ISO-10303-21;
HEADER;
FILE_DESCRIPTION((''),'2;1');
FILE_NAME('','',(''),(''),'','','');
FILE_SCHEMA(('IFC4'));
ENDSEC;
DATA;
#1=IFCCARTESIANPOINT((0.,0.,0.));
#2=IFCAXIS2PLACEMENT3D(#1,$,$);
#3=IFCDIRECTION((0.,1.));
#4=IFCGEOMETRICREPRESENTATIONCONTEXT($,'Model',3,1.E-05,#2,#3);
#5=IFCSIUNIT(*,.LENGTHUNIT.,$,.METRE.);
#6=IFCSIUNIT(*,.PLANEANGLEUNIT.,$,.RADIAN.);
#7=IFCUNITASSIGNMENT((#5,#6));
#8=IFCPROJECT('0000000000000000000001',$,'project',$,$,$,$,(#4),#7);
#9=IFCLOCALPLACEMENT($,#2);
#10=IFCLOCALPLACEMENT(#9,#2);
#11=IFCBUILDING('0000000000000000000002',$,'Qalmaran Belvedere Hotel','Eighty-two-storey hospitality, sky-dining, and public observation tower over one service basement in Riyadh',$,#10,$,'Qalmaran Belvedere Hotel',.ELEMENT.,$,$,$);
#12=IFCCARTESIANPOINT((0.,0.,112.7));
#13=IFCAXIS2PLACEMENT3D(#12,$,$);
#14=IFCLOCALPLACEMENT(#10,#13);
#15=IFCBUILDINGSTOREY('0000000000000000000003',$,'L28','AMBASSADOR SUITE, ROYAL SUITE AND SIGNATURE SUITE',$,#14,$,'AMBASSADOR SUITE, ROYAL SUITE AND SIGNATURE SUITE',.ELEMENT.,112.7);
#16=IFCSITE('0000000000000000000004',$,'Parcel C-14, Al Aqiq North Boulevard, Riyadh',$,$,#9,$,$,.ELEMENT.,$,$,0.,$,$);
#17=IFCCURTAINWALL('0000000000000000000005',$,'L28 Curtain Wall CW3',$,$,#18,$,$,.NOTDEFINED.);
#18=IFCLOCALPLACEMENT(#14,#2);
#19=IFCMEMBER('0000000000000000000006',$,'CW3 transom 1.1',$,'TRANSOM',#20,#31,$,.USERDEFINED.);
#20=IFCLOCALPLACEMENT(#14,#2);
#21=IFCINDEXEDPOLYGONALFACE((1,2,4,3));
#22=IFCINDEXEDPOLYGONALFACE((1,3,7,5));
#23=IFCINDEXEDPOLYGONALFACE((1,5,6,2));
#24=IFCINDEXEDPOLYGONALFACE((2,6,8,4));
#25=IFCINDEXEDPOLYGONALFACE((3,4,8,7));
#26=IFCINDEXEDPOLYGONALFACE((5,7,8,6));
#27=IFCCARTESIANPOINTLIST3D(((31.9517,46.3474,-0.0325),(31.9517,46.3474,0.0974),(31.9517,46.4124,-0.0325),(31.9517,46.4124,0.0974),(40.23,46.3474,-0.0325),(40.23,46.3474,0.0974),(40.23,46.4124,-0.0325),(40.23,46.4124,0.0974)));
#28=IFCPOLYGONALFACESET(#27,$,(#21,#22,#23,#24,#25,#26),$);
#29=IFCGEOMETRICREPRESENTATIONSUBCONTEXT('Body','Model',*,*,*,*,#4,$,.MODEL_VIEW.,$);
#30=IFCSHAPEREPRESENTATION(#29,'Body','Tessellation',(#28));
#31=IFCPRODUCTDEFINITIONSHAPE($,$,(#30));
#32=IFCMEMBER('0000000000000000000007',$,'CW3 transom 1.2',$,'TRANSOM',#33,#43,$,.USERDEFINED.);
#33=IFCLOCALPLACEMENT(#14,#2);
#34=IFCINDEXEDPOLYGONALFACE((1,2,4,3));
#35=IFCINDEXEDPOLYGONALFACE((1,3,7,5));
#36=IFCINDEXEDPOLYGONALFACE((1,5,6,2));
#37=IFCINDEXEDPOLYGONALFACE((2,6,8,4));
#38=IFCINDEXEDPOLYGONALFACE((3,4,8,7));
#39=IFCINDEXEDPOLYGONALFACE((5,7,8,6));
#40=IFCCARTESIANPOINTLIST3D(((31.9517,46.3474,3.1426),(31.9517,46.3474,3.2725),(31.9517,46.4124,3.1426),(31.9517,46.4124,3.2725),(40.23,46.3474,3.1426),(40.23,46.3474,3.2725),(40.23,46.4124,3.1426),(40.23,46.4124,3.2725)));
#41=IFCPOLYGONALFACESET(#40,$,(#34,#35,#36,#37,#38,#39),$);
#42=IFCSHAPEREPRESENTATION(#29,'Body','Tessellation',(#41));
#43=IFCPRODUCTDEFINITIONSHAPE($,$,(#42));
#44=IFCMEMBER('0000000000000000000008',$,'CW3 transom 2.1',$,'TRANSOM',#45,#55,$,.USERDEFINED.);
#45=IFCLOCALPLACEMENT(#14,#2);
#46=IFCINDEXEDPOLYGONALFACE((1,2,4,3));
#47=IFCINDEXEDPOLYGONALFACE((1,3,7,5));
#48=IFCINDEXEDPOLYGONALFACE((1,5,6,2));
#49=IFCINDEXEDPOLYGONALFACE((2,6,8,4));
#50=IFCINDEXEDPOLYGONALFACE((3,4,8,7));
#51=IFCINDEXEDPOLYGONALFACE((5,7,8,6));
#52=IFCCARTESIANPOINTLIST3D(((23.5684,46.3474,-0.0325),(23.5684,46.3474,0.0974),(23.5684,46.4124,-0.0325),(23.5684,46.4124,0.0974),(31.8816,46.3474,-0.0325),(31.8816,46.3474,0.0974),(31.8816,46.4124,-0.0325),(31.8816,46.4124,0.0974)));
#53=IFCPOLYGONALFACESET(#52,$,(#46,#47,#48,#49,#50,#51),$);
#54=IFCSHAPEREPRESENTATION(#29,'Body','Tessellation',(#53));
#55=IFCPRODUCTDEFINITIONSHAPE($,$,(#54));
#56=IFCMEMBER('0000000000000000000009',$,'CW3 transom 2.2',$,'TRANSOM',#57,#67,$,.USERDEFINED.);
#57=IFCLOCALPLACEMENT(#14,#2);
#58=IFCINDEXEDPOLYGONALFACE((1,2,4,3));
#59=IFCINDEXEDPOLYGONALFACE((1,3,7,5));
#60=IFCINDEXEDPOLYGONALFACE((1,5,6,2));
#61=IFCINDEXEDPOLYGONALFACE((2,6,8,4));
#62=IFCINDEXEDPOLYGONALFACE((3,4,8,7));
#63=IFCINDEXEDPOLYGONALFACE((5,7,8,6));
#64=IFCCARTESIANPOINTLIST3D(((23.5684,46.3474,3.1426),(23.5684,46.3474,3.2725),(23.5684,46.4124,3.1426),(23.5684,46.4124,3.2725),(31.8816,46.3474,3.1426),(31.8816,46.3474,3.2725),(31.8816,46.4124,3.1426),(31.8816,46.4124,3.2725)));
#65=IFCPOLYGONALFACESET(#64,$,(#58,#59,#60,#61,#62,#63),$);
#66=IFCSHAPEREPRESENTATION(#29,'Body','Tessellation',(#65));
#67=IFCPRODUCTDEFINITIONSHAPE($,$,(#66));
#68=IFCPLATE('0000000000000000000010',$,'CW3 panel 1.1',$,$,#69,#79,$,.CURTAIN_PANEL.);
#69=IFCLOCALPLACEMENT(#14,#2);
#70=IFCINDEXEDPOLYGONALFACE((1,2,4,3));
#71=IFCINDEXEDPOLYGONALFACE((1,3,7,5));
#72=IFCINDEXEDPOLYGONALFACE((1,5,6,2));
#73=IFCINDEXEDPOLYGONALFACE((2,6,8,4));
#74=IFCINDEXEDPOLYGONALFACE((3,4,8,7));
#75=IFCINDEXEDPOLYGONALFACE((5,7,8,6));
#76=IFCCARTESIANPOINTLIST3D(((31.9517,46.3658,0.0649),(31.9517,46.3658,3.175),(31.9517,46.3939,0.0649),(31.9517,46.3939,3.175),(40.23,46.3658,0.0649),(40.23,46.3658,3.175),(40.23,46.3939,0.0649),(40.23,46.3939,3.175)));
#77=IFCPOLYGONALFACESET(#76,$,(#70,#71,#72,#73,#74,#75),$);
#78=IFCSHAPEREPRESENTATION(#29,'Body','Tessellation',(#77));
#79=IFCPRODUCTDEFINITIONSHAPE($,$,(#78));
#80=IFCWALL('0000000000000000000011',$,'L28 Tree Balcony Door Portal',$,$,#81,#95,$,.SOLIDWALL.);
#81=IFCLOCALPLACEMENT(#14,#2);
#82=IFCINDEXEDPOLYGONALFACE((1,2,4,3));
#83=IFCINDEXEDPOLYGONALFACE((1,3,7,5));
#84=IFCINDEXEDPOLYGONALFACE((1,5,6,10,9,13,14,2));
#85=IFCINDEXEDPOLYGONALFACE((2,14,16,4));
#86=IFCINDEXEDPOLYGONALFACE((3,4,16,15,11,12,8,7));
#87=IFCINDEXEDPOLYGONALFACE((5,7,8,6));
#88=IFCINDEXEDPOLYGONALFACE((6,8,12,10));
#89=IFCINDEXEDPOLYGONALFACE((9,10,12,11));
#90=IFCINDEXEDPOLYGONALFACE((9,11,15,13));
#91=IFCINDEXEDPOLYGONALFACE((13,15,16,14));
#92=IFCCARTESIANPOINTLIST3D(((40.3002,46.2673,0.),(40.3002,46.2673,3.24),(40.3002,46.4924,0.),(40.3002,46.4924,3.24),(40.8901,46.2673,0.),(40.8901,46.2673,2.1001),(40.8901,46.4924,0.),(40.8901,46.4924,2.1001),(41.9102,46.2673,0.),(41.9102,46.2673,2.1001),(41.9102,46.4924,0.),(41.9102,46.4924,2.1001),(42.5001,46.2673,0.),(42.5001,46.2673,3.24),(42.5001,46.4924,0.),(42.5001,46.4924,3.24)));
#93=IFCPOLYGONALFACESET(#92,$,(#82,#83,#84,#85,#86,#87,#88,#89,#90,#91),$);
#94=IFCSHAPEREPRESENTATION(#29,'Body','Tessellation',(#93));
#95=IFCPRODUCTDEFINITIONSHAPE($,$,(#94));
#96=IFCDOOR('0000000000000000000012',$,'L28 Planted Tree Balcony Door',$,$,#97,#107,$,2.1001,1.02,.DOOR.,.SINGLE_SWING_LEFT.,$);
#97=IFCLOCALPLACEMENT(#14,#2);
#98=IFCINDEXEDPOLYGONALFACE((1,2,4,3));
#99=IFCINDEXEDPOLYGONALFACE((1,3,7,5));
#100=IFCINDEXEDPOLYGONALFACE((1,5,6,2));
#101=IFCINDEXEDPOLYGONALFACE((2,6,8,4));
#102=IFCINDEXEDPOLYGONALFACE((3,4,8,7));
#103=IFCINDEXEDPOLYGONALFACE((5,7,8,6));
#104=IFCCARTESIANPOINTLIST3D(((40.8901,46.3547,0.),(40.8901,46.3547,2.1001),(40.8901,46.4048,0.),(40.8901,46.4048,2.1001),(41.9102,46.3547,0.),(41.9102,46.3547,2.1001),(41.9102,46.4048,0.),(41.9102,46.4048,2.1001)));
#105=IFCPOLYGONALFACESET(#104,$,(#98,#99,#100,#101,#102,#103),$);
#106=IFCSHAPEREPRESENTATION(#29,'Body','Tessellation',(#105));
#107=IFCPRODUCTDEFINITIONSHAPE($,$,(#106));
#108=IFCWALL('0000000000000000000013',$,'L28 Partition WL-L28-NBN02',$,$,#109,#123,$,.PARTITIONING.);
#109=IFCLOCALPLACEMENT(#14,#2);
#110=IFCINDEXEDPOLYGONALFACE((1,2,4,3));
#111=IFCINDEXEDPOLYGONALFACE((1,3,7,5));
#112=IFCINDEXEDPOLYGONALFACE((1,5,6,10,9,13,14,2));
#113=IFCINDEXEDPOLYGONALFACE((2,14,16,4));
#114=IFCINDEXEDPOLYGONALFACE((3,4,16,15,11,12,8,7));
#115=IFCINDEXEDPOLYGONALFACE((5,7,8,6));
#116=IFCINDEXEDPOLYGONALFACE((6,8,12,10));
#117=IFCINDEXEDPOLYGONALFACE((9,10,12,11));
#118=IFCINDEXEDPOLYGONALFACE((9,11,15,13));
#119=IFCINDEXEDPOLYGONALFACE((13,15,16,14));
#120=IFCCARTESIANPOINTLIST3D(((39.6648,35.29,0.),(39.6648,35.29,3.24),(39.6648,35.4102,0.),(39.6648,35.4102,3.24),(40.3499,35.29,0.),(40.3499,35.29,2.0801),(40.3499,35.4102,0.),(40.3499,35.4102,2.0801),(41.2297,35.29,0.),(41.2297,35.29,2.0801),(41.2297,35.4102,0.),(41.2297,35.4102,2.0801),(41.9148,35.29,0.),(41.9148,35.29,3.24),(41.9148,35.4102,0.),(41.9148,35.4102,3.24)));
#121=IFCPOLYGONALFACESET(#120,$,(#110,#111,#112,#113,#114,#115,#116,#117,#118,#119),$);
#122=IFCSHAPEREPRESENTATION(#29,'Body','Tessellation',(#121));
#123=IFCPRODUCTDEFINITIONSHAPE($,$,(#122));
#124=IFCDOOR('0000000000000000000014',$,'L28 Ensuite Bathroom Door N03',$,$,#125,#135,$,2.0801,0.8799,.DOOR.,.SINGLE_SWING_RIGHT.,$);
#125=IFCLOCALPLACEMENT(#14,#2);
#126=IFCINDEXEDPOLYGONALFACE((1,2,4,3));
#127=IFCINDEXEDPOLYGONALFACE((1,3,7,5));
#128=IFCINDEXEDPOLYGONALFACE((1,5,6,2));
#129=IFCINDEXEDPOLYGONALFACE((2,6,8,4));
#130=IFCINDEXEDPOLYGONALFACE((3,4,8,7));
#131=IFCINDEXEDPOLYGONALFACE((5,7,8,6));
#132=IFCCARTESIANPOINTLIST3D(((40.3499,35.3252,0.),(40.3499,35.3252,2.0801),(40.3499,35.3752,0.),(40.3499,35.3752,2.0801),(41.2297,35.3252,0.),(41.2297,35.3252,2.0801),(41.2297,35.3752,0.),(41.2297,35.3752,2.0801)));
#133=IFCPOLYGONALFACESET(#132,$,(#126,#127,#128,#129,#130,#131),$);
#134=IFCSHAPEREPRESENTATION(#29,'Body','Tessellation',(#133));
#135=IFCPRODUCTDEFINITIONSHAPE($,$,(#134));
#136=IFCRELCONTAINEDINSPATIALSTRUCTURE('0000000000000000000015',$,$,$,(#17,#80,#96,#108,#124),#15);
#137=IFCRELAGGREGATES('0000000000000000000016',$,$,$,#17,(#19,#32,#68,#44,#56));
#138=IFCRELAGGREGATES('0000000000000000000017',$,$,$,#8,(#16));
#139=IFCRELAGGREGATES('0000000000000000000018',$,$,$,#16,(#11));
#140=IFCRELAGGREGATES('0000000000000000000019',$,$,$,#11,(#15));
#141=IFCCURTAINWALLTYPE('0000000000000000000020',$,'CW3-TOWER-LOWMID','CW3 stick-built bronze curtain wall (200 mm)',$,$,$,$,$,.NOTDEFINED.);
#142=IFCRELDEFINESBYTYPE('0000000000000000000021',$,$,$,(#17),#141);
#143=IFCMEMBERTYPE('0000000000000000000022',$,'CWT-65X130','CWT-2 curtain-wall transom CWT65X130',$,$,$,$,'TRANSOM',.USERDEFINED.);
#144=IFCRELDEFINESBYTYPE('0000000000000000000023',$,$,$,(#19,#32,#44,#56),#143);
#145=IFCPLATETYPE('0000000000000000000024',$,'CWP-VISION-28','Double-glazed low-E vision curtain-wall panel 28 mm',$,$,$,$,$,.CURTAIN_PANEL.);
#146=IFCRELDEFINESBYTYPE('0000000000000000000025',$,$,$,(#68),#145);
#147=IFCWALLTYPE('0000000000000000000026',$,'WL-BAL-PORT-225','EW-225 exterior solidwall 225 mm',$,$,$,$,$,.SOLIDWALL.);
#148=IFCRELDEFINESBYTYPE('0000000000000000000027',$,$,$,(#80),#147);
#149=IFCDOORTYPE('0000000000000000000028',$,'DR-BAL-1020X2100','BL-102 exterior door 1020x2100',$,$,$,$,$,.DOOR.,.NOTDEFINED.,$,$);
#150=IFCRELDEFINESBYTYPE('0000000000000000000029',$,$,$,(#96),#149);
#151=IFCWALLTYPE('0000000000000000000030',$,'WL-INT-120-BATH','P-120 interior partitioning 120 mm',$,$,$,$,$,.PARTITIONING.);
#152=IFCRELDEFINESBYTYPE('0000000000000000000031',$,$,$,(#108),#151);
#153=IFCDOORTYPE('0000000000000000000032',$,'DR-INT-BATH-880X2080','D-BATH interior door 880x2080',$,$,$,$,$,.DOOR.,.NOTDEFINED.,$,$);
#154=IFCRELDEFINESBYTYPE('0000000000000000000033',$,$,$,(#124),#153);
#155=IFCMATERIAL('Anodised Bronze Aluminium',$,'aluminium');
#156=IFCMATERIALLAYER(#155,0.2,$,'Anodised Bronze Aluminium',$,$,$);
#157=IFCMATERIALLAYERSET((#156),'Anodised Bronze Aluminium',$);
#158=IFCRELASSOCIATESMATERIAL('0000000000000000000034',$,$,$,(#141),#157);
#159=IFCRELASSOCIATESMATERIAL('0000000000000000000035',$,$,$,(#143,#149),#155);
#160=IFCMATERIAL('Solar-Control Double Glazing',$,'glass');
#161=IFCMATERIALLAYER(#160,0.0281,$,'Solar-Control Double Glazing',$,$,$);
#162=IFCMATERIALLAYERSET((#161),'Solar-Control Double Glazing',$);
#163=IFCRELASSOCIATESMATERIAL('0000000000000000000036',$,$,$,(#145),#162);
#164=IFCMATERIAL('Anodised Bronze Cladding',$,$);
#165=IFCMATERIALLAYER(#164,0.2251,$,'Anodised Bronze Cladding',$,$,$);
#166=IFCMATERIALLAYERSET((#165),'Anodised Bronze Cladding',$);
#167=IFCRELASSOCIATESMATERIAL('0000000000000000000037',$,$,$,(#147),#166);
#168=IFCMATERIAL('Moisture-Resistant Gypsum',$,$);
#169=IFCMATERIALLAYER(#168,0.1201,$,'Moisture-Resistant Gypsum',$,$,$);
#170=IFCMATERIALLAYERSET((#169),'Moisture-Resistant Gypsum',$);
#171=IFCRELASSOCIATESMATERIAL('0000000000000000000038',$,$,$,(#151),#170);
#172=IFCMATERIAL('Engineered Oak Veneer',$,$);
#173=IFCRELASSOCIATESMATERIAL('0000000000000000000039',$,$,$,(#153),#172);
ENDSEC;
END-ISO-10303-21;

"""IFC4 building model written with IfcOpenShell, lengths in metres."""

from ifc_helpers import new_model, si_unit, direction, frame, frame_2d, origin, origin_2d, place, context, subcontext, project, spatial, rectangle, extrude, material, layer, layer_set, material_profile, profile_set, type_object, element, fill, aggregate, save


model = new_model("IFC4")

# Units and contexts
model_context = context("Model", 3, precision=1e-05, world=origin(), true_north=direction((0.0, 1.0)))
body_context = subcontext(model_context, "Body", "Model", "MODEL_VIEW")
ifc_project = project(units=[si_unit("LENGTHUNIT", "METRE"), si_unit("PLANEANGLEUNIT", "RADIAN")], contexts=[model_context])

# Site, building, storey
site_placement = place(None, origin())
site = spatial("IfcSite", under=ifc_project, at=site_placement, Name="Parcel C-14, Al Aqiq North Boulevard, Riyadh", CompositionType="ELEMENT", RefElevation=0.0)
building_placement = place(site_placement, origin())
building = spatial("IfcBuilding", under=site, at=building_placement, Name="Qalmaran Belvedere Hotel", Description="Eighty-two-storey hospitality, sky-dining, and public observation tower over one service basement in Riyadh", LongName="Qalmaran Belvedere Hotel", CompositionType="ELEMENT")
storey_placement = place(building_placement, frame((0.0, 0.0, 112.7)))
storey = spatial("IfcBuildingStorey", under=building, at=storey_placement, Name="L28", Description="AMBASSADOR SUITE, ROYAL SUITE AND SIGNATURE SUITE", LongName="AMBASSADOR SUITE, ROYAL SUITE AND SIGNATURE SUITE", CompositionType="ELEMENT", Elevation=112.7)

# Curtain wall
ifc_material_1 = material(Name="Anodised Bronze Aluminium", Category="aluminium")
ifc_layer_1 = layer(ifc_material_1, 0.2, Name="Anodised Bronze Aluminium")
ifc_layer_set_1 = layer_set([ifc_layer_1], Name="Anodised Bronze Aluminium")
curtain_wall_type = type_object("IfcCurtainWallType", Name="CW3-TOWER-LOWMID", Description="CW3 stick-built bronze curtain wall (200 mm)", PredefinedType="NOTDEFINED", material=ifc_layer_set_1)
curtain_wall_1_placement = place(storey_placement, origin())
curtain_wall_1 = element("IfcCurtainWall", 1, at=curtain_wall_1_placement, inside=storey, type_object=curtain_wall_type, Name="L28 Curtain Wall CW3", PredefinedType="NOTDEFINED")

# Members
ifc_material_profile_1 = material_profile(ifc_material_1, rectangle(XDim=0.0649, YDim=0.1299, at=origin_2d()), Name="CWT65X130")
ifc_profile_set_1 = profile_set([ifc_material_profile_1], Name="Anodised Bronze Aluminium")
member_type_1 = type_object("IfcMemberType", Name="CWT-65X130", Description="CWT-2 curtain-wall transom CWT65X130", ElementType="TRANSOM", PredefinedType="USERDEFINED", material=ifc_profile_set_1)
member_1_placement = place(storey_placement, frame((40.23, 46.3799, 0.0325), z_axis=(-1.0, 0.0, 0.0), x_axis=(0.0, -1.0, 0.0)))
member_1 = element("IfcMember", 2, at=member_1_placement, type_object=member_type_1, Name="CW3 transom 1.1", ObjectType="TRANSOM", PredefinedType="USERDEFINED", context=body_context, shape_type="SweptSolid", body=[
    extrude(rectangle(XDim=0.0649, YDim=0.1299, at=origin_2d()), origin(), (0.0, 0.0, 1.0), 8.2783),
])
member_2_placement = place(storey_placement, frame((40.23, 46.3799, 3.2075), z_axis=(-1.0, 0.0, 0.0), x_axis=(0.0, -1.0, 0.0)))
member_2 = element("IfcMember", 3, at=member_2_placement, type_object=member_type_1, Name="CW3 transom 1.2", ObjectType="TRANSOM", PredefinedType="USERDEFINED", context=body_context, shape_type="SweptSolid", body=[
    extrude(rectangle(XDim=0.0649, YDim=0.1299, at=origin_2d()), origin(), (0.0, 0.0, 1.0), 8.2783),
])
member_3_placement = place(storey_placement, frame((31.8816, 46.3799, 0.0325), z_axis=(-1.0, 0.0, 0.0), x_axis=(0.0, -1.0, 0.0)))
member_3 = element("IfcMember", 4, at=member_3_placement, type_object=member_type_1, Name="CW3 transom 2.1", ObjectType="TRANSOM", PredefinedType="USERDEFINED", context=body_context, shape_type="SweptSolid", body=[
    extrude(rectangle(XDim=0.0649, YDim=0.1299, at=origin_2d()), origin(), (0.0, 0.0, 1.0), 8.3132),
])
member_4_placement = place(storey_placement, frame((31.8816, 46.3799, 3.2075), z_axis=(-1.0, 0.0, 0.0), x_axis=(0.0, -1.0, 0.0)))
member_4 = element("IfcMember", 5, at=member_4_placement, type_object=member_type_1, Name="CW3 transom 2.2", ObjectType="TRANSOM", PredefinedType="USERDEFINED", context=body_context, shape_type="SweptSolid", body=[
    extrude(rectangle(XDim=0.0649, YDim=0.1299, at=origin_2d()), origin(), (0.0, 0.0, 1.0), 8.3132),
])

# Plate
ifc_material_2 = material(Name="Solar-Control Double Glazing", Category="glass")
ifc_layer_2 = layer(ifc_material_2, 0.0281, Name="Solar-Control Double Glazing")
ifc_layer_set_2 = layer_set([ifc_layer_2], Name="Solar-Control Double Glazing")
plate_type = type_object("IfcPlateType", Name="CWP-VISION-28", Description="Double-glazed low-E vision curtain-wall panel 28 mm", PredefinedType="CURTAIN_PANEL", material=ifc_layer_set_2)
plate_placement = place(storey_placement, frame((36.0908, 46.3799, 0.0649), z_axis=(0.0, 0.0, 1.0), x_axis=(-1.0, 0.0, 0.0)))
plate = element("IfcPlate", 6, at=plate_placement, type_object=plate_type, Name="CW3 panel 1.1", PredefinedType="CURTAIN_PANEL", context=body_context, shape_type="SweptSolid", body=[
    extrude(rectangle(XDim=8.2783, YDim=0.0281, at=origin_2d()), origin(), (0.0, 0.0, 1.0), 3.1101),
])
aggregate(curtain_wall_1, [member_1, member_2, plate, member_3, member_4])

# Walls, openings, doors
ifc_material_3 = material(Name="Anodised Bronze Cladding")
ifc_layer_3 = layer(ifc_material_3, 0.2251, Name="Anodised Bronze Cladding")
ifc_layer_set_3 = layer_set([ifc_layer_3], Name="Anodised Bronze Cladding")
wall_type_1 = type_object("IfcWallType", Name="WL-BAL-PORT-225", Description="EW-225 exterior solidwall 225 mm", PredefinedType="SOLIDWALL", material=ifc_layer_set_3)
wall_1_placement = place(storey_placement, frame((40.3, 46.3799, 0.0), z_axis=(0.0, 0.0, 1.0), x_axis=(1.0, 0.0, 0.0)))
wall_1 = element("IfcWall", 7, at=wall_1_placement, inside=storey, type_object=wall_type_1, Name="L28 Tree Balcony Door Portal", PredefinedType="SOLIDWALL", context=body_context, shape_type="SweptSolid", body=[
    extrude(rectangle(XDim=2.2, YDim=0.2251, at=frame_2d((1.1001, 0.0))), origin(), (0.0, 0.0, 1.0), 3.24),
])
opening_1_placement = place(wall_1_placement, frame((0.5901, 0.0, 0.0)))
opening_1 = element("IfcOpeningElement", 8, at=opening_1_placement, cuts=wall_1, PredefinedType="OPENING", context=body_context, shape_type="SweptSolid", body=[
    extrude(rectangle(XDim=1.02, YDim=2.1001, at=frame_2d((0.51, 1.05))), frame((0.0, 0.1226, 0.0), z_axis=(0.0, -1.0, 0.0), x_axis=(1.0, 0.0, 0.0)), (0.0, 0.0, 1.0), 0.2451),
])
door_type_1 = type_object("IfcDoorType", Name="DR-BAL-1020X2100", Description="BL-102 exterior door 1020x2100", OperationType="NOTDEFINED", PredefinedType="DOOR", material=ifc_material_1)
door_1_placement = place(opening_1_placement, origin())
door_1 = element("IfcDoor", 9, at=door_1_placement, inside=storey, type_object=door_type_1, Name="L28 Planted Tree Balcony Door", OperationType="SINGLE_SWING_LEFT", OverallHeight=2.1001, OverallWidth=1.02, PredefinedType="DOOR", context=body_context, shape_type="SweptSolid", body=[
    extrude(rectangle(XDim=1.02, YDim=2.1001, at=frame_2d((0.51, 1.05))), frame((0.0, 0.0249, 0.0), z_axis=(0.0, -1.0, 0.0), x_axis=(1.0, 0.0, 0.0)), (0.0, 0.0, 1.0), 0.05),
])
fill(opening_1, door_1)
ifc_material_4 = material(Name="Moisture-Resistant Gypsum")
ifc_layer_4 = layer(ifc_material_4, 0.1201, Name="Moisture-Resistant Gypsum")
ifc_layer_set_4 = layer_set([ifc_layer_4], Name="Moisture-Resistant Gypsum")
wall_type_2 = type_object("IfcWallType", Name="WL-INT-120-BATH", Description="P-120 interior partitioning 120 mm", PredefinedType="PARTITIONING", material=ifc_layer_set_4)
wall_2_placement = place(storey_placement, frame((39.6648, 35.3501, 0.0), z_axis=(0.0, 0.0, 1.0), x_axis=(1.0, 0.0, 0.0)))
wall_2 = element("IfcWall", 10, at=wall_2_placement, inside=storey, type_object=wall_type_2, Name="L28 Partition WL-L28-NBN02", PredefinedType="PARTITIONING", context=body_context, shape_type="SweptSolid", body=[
    extrude(rectangle(XDim=2.25, YDim=0.1201, at=frame_2d((1.125, 0.0))), origin(), (0.0, 0.0, 1.0), 3.24),
])
opening_2_placement = place(wall_2_placement, frame((1.5649, 0.0, 0.0), z_axis=(0.0, 0.0, 1.0), x_axis=(-1.0, 0.0, 0.0)))
opening_2 = element("IfcOpeningElement", 11, at=opening_2_placement, cuts=wall_2, PredefinedType="OPENING", context=body_context, shape_type="SweptSolid", body=[
    extrude(rectangle(XDim=0.8799, YDim=2.0801, at=frame_2d((0.4399, 1.04))), frame((0.0, 0.0701, 0.0), z_axis=(0.0, -1.0, 0.0), x_axis=(1.0, 0.0, 0.0)), (0.0, 0.0, 1.0), 0.1401),
])
ifc_material_5 = material(Name="Engineered Oak Veneer")
door_type_2 = type_object("IfcDoorType", Name="DR-INT-BATH-880X2080", Description="D-BATH interior door 880x2080", OperationType="NOTDEFINED", PredefinedType="DOOR", material=ifc_material_5)
door_2_placement = place(opening_2_placement, origin())
door_2 = element("IfcDoor", 12, at=door_2_placement, inside=storey, type_object=door_type_2, Name="L28 Ensuite Bathroom Door N03", OperationType="SINGLE_SWING_RIGHT", OverallHeight=2.0801, OverallWidth=0.8799, PredefinedType="DOOR", context=body_context, shape_type="SweptSolid", body=[
    extrude(rectangle(XDim=0.8799, YDim=2.0801, at=frame_2d((0.4399, 1.04))), frame((0.0, 0.0249, 0.0), z_axis=(0.0, -1.0, 0.0), x_axis=(1.0, 0.0, 0.0)), (0.0, 0.0, 1.0), 0.05),
])
fill(opening_2, door_2)

save(model, "model.ifc")
